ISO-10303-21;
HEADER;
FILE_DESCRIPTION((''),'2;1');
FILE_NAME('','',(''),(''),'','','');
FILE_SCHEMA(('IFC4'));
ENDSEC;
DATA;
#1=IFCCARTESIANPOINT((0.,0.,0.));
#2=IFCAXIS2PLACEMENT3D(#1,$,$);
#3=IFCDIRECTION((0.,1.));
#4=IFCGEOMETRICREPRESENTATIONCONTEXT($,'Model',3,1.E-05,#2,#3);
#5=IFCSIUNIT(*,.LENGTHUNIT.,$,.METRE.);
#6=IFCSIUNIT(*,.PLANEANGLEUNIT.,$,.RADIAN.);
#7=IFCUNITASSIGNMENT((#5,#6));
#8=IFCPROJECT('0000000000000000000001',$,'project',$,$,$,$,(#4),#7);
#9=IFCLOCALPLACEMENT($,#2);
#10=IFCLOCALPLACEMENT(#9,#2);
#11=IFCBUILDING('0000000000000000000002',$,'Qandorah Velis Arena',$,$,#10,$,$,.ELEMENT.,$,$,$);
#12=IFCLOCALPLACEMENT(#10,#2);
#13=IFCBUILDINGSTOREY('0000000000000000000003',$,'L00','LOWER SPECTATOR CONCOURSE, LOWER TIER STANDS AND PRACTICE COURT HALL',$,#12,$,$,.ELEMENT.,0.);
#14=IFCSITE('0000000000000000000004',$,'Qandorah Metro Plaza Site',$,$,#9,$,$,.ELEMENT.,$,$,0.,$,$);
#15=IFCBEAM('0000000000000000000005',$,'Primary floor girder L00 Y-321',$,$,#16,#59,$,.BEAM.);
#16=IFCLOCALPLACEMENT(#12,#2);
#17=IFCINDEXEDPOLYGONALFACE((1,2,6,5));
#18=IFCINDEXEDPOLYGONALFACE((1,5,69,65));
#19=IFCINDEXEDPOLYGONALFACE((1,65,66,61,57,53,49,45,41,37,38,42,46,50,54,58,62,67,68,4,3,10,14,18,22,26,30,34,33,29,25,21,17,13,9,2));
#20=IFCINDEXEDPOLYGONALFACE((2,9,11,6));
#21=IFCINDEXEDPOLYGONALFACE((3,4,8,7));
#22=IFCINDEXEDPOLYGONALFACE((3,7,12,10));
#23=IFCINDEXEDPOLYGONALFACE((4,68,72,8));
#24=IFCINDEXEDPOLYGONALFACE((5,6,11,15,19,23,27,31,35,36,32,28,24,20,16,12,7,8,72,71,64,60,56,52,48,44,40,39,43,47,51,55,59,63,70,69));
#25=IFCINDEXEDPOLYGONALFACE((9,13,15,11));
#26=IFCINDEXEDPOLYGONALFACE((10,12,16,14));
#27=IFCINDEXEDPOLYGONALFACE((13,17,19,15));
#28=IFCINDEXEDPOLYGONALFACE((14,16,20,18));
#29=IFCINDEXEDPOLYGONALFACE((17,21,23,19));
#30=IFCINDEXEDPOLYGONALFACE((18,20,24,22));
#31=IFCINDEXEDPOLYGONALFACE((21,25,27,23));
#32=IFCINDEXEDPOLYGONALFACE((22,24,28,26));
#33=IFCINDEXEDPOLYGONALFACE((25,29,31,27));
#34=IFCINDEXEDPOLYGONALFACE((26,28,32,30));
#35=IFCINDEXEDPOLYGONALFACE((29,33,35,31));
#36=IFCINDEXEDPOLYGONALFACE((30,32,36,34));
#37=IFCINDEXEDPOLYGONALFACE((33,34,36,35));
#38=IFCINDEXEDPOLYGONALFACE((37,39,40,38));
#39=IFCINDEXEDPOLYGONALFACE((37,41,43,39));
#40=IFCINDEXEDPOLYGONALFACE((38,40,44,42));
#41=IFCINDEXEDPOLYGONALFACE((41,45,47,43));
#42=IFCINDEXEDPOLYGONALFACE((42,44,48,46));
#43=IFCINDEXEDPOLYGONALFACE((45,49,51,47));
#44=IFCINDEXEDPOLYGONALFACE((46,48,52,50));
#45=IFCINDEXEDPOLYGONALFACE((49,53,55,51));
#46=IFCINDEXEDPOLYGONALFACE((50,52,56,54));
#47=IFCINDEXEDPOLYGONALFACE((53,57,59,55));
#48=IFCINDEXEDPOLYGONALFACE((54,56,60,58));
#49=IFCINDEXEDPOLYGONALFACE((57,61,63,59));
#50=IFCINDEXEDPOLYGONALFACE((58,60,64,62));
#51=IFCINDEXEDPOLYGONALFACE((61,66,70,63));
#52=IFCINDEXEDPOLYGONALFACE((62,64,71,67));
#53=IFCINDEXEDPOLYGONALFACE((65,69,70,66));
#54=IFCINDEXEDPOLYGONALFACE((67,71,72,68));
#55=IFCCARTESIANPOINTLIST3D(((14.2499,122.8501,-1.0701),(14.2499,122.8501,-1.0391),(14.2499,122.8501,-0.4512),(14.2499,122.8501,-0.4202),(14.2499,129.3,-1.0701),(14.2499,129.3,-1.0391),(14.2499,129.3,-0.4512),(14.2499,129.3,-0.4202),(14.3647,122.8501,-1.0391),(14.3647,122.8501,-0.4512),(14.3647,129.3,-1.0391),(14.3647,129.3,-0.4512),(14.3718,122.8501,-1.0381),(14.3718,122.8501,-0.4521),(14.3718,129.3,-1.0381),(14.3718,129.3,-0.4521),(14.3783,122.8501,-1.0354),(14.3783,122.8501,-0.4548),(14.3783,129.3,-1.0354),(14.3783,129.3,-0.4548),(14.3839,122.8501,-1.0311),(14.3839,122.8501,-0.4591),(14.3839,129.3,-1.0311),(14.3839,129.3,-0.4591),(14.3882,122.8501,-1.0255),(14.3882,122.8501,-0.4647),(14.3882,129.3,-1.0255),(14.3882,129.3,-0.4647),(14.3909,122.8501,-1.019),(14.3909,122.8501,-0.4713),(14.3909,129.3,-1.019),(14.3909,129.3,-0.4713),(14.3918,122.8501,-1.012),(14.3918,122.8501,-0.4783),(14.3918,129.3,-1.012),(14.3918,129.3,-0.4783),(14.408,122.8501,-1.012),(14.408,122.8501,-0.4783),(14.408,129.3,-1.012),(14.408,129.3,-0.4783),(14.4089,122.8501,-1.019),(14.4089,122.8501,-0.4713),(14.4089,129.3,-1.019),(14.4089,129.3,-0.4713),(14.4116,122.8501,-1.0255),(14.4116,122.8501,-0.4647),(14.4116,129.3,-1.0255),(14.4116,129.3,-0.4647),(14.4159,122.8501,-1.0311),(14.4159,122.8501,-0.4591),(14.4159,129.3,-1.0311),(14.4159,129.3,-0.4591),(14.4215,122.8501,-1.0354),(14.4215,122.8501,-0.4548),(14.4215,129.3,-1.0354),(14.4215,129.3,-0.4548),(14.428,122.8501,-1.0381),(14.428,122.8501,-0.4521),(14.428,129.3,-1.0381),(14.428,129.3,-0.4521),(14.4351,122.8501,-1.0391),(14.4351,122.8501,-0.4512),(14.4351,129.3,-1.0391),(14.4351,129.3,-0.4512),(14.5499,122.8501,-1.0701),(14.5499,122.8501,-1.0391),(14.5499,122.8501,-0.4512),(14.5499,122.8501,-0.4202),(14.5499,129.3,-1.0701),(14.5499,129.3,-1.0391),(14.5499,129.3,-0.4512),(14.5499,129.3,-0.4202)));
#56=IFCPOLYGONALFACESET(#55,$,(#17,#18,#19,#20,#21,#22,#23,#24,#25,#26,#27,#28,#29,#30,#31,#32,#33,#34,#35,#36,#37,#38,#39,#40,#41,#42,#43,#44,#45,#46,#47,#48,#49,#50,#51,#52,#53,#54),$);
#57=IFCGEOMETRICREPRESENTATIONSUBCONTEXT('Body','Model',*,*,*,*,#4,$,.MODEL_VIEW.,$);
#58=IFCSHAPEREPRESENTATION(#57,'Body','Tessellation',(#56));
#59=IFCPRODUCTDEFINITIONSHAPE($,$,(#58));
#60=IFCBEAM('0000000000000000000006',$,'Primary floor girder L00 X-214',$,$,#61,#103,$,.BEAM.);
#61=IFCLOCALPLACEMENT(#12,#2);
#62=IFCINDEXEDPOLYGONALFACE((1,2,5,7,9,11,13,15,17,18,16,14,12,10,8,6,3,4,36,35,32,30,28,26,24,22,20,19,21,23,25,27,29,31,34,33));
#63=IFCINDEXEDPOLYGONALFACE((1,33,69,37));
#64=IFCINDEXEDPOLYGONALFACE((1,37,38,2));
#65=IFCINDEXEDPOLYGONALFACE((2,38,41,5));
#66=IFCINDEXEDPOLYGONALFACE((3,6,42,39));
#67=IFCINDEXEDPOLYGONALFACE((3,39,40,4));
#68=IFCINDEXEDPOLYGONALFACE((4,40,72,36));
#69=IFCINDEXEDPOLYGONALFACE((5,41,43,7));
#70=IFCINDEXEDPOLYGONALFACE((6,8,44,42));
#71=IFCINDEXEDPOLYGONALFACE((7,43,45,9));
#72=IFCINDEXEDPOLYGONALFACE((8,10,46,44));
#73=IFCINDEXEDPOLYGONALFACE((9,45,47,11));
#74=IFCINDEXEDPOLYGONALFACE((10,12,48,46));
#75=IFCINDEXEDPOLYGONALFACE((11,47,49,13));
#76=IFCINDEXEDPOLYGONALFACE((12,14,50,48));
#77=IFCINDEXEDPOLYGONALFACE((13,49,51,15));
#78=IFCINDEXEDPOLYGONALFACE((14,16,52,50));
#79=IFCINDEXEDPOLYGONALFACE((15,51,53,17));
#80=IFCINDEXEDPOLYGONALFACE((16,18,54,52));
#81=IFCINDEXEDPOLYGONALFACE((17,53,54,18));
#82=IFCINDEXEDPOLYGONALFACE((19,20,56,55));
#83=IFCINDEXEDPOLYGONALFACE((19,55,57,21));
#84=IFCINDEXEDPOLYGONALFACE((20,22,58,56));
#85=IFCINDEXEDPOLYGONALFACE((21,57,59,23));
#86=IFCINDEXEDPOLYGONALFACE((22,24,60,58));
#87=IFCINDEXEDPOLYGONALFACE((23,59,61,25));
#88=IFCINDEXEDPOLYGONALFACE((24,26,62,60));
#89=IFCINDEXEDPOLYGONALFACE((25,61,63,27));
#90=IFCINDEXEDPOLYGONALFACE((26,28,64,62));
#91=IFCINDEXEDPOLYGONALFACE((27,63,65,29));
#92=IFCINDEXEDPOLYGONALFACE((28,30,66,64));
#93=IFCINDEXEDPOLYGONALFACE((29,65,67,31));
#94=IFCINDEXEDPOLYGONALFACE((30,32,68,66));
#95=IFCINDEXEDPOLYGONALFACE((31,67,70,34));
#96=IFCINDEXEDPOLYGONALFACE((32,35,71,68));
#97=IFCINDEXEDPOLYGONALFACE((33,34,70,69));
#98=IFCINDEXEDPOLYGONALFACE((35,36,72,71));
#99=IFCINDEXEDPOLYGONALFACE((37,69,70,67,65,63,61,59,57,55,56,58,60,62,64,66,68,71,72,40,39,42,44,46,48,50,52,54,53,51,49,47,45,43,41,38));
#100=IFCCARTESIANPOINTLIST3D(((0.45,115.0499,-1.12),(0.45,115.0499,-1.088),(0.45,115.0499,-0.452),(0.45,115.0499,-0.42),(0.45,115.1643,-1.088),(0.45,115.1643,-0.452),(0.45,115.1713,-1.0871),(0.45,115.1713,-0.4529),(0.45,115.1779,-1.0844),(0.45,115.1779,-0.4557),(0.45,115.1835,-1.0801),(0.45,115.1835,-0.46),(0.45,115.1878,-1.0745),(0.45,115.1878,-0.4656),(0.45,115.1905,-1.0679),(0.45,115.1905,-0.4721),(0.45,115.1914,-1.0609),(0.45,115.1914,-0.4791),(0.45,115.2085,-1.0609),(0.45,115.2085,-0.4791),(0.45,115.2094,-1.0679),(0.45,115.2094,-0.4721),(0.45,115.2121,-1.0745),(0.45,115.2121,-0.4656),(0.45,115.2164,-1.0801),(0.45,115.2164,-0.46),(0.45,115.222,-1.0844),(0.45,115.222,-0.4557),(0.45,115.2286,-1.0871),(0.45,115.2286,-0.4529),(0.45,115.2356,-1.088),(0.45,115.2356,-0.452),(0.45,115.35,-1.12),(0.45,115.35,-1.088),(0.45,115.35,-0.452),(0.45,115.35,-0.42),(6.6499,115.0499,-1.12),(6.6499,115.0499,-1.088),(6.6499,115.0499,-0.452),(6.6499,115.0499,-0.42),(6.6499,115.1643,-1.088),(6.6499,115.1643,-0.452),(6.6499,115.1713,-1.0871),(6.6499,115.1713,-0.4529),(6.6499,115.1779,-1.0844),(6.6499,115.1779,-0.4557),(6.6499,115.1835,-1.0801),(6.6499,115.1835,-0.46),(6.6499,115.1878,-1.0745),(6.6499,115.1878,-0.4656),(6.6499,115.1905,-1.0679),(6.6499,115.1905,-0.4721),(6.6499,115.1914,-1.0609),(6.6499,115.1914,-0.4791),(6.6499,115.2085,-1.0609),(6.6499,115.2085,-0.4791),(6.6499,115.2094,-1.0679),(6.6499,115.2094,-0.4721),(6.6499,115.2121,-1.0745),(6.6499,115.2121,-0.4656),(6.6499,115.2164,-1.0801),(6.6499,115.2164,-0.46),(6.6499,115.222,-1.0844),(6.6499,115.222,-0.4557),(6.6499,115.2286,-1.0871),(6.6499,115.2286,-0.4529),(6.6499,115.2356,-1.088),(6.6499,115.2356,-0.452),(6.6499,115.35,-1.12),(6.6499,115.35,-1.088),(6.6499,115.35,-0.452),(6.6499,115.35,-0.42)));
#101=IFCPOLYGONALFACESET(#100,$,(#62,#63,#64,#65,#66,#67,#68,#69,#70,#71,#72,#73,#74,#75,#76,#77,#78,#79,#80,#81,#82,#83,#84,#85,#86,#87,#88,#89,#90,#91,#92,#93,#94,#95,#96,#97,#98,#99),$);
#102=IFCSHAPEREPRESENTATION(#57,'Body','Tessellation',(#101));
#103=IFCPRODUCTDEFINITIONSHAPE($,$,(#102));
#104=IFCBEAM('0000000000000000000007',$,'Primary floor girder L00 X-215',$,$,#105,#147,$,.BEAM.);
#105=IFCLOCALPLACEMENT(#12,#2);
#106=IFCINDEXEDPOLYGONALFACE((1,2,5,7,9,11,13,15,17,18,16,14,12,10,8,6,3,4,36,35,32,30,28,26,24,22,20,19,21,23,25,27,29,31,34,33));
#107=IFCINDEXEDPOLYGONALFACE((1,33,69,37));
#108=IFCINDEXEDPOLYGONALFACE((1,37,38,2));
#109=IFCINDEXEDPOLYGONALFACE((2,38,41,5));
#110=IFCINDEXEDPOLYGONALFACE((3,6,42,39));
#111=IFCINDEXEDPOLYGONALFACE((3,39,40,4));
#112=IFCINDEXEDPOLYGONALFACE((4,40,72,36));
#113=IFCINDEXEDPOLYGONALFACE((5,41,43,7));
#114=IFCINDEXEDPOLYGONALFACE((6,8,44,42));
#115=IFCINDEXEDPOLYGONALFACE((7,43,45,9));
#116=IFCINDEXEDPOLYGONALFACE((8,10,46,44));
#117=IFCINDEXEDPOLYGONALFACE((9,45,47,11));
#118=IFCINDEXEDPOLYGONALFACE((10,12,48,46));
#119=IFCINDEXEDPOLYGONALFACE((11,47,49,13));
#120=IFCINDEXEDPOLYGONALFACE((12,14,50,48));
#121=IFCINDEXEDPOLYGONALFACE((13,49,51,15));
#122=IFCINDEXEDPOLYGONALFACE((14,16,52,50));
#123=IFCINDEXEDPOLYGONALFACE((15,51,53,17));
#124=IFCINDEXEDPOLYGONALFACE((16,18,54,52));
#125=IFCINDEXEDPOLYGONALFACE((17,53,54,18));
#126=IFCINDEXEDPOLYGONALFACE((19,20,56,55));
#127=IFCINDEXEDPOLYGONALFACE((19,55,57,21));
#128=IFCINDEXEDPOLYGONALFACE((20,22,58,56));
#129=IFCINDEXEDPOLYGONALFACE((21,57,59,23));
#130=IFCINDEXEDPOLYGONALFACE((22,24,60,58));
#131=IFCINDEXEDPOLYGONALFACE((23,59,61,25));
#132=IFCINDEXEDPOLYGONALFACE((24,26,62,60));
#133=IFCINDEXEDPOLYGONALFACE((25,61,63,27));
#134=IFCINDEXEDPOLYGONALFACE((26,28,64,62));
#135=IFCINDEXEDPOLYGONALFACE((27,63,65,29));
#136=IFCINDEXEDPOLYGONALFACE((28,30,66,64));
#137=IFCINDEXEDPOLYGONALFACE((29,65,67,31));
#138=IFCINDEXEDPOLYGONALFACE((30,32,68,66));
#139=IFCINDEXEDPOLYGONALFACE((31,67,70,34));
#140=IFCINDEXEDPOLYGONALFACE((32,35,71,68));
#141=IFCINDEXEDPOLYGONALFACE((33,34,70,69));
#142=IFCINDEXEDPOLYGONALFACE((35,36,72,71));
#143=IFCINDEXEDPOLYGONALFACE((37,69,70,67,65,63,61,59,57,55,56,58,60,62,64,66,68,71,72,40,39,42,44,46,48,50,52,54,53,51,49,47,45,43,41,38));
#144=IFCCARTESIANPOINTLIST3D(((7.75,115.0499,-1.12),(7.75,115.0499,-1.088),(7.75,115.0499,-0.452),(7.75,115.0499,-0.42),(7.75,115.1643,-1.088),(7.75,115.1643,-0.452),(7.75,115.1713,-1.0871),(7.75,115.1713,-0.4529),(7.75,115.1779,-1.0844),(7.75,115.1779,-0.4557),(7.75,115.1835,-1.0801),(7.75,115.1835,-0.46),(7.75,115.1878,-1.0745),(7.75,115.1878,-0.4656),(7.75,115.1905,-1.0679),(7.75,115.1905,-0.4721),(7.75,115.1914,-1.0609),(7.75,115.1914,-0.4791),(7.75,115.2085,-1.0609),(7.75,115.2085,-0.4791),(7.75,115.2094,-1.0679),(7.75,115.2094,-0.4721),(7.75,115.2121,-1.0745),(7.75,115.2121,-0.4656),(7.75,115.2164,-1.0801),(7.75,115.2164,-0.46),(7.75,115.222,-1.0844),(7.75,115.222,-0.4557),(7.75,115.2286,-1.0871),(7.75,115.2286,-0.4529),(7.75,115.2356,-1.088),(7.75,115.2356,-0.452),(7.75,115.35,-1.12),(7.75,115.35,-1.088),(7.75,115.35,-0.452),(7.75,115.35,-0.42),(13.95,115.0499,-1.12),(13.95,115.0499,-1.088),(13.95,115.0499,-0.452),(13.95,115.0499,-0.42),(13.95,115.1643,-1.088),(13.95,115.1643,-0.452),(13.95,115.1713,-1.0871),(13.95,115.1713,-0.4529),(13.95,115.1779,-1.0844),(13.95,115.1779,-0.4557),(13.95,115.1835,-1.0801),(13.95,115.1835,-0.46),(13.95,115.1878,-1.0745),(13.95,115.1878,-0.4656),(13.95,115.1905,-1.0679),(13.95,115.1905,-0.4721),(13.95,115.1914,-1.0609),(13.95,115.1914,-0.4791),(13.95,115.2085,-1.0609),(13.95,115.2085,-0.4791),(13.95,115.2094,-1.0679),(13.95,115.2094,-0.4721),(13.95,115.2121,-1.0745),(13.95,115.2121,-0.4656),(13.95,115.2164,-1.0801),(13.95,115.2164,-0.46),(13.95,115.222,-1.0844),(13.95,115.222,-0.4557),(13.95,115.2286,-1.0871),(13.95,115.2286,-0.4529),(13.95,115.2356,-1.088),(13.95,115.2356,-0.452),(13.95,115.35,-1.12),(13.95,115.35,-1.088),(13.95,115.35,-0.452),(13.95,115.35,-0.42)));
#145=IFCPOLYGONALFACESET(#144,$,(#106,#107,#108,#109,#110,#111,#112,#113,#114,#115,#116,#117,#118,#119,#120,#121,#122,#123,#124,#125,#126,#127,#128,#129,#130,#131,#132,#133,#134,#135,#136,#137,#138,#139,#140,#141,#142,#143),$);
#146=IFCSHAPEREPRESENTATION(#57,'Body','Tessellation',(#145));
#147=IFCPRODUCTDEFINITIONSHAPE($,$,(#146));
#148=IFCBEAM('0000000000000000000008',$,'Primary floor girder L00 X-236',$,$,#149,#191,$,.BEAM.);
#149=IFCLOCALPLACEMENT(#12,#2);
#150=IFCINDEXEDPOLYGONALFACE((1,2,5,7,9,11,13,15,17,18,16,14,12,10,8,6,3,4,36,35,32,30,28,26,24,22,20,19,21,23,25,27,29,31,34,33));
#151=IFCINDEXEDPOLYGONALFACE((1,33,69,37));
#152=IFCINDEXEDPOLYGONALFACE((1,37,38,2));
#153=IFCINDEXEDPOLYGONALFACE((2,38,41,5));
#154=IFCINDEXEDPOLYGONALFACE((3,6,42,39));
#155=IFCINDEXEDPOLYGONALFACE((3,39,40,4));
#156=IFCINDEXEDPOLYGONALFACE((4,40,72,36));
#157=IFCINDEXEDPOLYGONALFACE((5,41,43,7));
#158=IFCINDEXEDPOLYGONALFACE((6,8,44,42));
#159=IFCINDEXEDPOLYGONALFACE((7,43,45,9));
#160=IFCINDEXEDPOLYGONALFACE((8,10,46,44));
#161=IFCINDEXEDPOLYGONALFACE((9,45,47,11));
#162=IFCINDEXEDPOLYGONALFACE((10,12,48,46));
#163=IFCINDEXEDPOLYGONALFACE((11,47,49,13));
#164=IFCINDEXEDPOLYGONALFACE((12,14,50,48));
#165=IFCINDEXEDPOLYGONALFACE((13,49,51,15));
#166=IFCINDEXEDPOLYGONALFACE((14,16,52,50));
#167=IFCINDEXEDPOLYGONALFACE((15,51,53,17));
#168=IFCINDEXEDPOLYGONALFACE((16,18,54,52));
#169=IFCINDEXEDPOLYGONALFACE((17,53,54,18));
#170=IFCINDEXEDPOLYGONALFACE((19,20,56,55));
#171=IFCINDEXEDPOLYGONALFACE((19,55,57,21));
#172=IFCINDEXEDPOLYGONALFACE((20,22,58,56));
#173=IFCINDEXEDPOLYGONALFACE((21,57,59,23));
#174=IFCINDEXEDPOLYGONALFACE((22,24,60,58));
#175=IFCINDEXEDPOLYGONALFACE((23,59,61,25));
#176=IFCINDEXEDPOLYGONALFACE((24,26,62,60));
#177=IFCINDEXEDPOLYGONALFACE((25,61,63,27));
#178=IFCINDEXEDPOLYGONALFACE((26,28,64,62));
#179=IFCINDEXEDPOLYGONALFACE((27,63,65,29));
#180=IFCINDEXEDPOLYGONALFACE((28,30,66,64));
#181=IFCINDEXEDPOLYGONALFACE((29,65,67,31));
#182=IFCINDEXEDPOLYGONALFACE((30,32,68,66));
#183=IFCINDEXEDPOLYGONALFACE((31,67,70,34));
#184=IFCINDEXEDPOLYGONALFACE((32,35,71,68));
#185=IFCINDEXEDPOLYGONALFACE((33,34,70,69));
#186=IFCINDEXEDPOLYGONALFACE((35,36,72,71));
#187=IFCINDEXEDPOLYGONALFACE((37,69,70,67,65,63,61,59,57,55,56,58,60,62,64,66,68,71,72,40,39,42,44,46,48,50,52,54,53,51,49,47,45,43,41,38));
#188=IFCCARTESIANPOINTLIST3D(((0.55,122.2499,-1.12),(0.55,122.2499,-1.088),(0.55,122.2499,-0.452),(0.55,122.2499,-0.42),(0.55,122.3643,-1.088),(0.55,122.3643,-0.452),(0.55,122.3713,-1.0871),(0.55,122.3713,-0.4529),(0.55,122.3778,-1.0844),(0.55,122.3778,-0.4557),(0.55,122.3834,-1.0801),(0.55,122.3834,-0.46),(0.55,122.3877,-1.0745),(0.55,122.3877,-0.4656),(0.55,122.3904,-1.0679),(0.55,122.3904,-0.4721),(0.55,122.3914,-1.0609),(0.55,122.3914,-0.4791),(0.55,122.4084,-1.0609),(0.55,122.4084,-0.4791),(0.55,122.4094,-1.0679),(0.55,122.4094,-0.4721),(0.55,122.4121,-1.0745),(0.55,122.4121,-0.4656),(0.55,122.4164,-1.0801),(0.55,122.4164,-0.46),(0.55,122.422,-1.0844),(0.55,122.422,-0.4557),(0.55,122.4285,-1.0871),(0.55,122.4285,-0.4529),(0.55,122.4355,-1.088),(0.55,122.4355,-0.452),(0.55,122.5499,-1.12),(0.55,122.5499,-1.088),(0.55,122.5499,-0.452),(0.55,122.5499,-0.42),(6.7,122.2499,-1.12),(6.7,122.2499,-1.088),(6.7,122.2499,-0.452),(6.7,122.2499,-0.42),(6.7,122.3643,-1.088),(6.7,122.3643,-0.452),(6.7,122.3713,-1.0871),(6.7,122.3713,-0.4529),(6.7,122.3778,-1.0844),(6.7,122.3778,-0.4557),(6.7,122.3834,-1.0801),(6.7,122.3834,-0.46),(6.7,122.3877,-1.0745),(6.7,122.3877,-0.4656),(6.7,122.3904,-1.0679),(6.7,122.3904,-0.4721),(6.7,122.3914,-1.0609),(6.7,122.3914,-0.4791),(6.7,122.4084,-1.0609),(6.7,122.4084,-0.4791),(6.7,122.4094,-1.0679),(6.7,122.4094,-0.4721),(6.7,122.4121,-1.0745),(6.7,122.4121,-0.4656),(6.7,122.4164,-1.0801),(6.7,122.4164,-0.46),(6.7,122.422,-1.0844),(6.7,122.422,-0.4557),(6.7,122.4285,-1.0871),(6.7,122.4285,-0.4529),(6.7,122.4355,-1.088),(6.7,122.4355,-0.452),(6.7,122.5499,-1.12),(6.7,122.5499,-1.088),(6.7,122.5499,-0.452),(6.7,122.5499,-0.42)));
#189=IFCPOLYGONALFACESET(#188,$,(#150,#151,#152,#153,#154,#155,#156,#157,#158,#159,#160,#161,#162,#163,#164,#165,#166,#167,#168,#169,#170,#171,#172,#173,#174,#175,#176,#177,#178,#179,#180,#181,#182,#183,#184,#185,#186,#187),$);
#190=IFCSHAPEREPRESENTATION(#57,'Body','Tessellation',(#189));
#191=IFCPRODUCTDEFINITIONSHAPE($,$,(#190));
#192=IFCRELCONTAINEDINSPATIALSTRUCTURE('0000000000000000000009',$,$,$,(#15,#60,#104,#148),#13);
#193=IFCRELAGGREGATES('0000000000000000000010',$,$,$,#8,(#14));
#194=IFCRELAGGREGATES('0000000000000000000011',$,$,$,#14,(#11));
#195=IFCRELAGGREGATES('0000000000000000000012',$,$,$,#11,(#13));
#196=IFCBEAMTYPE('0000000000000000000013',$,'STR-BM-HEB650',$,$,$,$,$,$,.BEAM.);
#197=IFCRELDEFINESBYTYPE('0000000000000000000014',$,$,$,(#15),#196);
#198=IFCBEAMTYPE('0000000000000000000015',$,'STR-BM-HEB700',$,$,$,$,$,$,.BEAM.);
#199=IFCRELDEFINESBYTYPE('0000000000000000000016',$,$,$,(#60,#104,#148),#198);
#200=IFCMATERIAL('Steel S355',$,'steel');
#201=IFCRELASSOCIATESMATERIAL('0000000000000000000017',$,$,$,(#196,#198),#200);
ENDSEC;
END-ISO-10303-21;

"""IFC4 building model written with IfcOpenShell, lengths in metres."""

from ifc_helpers import new_model, si_unit, direction, frame, origin, origin_2d, place, context, subcontext, project, spatial, i_section, extrude, material, material_profile, profile_set, type_object, element, save


model = new_model("IFC4")

# Units and contexts
model_context = context("Model", 3, precision=1e-05, world=origin(), true_north=direction((0.0, 1.0)))
body_context = subcontext(model_context, "Body", "Model", "MODEL_VIEW")
ifc_project = project(units=[si_unit("LENGTHUNIT", "METRE"), si_unit("PLANEANGLEUNIT", "RADIAN")], contexts=[model_context])

# Site, building, storey
site_placement = place(None, origin())
site = spatial("IfcSite", under=ifc_project, at=site_placement, Name="Qandorah Metro Plaza Site", CompositionType="ELEMENT", RefElevation=0.0)
building_placement = place(site_placement, origin())
building = spatial("IfcBuilding", under=site, at=building_placement, Name="Qandorah Velis Arena", CompositionType="ELEMENT")
storey_placement = place(building_placement, origin())
storey = spatial("IfcBuildingStorey", under=building, at=storey_placement, Name="L00", Description="LOWER SPECTATOR CONCOURSE, LOWER TIER STANDS AND PRACTICE COURT HALL", CompositionType="ELEMENT", Elevation=0.0)

# Beams
ifc_material_1 = material(Name="Steel S355", Category="steel")
ifc_material_profile_1 = material_profile(ifc_material_1, i_section(OverallWidth=0.3, OverallDepth=0.6499, WebThickness=0.0161, FlangeThickness=0.031, FilletRadius=0.0271, at=origin_2d()), Name="HEB 650")
ifc_profile_set_1 = profile_set([ifc_material_profile_1], Name="Steel S355")
beam_type_1 = type_object("IfcBeamType", Name="STR-BM-HEB650", PredefinedType="BEAM", material=ifc_profile_set_1)
beam_1_placement = place(storey_placement, frame((14.3999, 122.8501, -0.7451), z_axis=(0.0, 1.0, 0.0), x_axis=(-1.0, 0.0, 0.0)))
element("IfcBeam", 1, at=beam_1_placement, inside=storey, type_object=beam_type_1, Name="Primary floor girder L00 Y-321", PredefinedType="BEAM", context=body_context, shape_type="SweptSolid", body=[
    extrude(i_section(OverallWidth=0.3, OverallDepth=0.6499, WebThickness=0.0161, FlangeThickness=0.031, FilletRadius=0.0271, at=origin_2d()), origin(), (0.0, 0.0, 1.0), 6.45),
])
ifc_material_profile_2 = material_profile(ifc_material_1, i_section(OverallWidth=0.3, OverallDepth=0.7, WebThickness=0.0171, FlangeThickness=0.032, FilletRadius=0.0271, at=origin_2d()), Name="HEB 700")
ifc_profile_set_2 = profile_set([ifc_material_profile_2], Name="Steel S355")
beam_type_2 = type_object("IfcBeamType", Name="STR-BM-HEB700", PredefinedType="BEAM", material=ifc_profile_set_2)
for number, where, z_axis, x_axis, name in (
    (2, (0.45, 115.2, -0.77), (1.0, 0.0, 0.0), (0.0, 1.0, 0.0), "Primary floor girder L00 X-214"),
    (3, (7.75, 115.2, -0.77), (1.0, 0.0, 0.0), (0.0, 1.0, 0.0), "Primary floor girder L00 X-215"),
):
    element("IfcBeam", number, at=place(storey_placement, frame(where, z_axis=z_axis, x_axis=x_axis)), inside=storey, type_object=beam_type_2, Name=name, PredefinedType="BEAM", context=body_context, shape_type="SweptSolid", body=[
        extrude(i_section(OverallWidth=0.3, OverallDepth=0.7, WebThickness=0.0171, FlangeThickness=0.032, FilletRadius=0.0271, at=origin_2d()), origin(), (0.0, 0.0, 1.0), 6.2),
    ])
beam_2_placement = place(storey_placement, frame((0.55, 122.3999, -0.77), z_axis=(1.0, 0.0, 0.0), x_axis=(0.0, 1.0, 0.0)))
element("IfcBeam", 4, at=beam_2_placement, inside=storey, type_object=beam_type_2, Name="Primary floor girder L00 X-236", PredefinedType="BEAM", context=body_context, shape_type="SweptSolid", body=[
    extrude(i_section(OverallWidth=0.3, OverallDepth=0.7, WebThickness=0.0171, FlangeThickness=0.032, FilletRadius=0.0271, at=origin_2d()), origin(), (0.0, 0.0, 1.0), 6.1499),
])

save(model, "model.ifc")
